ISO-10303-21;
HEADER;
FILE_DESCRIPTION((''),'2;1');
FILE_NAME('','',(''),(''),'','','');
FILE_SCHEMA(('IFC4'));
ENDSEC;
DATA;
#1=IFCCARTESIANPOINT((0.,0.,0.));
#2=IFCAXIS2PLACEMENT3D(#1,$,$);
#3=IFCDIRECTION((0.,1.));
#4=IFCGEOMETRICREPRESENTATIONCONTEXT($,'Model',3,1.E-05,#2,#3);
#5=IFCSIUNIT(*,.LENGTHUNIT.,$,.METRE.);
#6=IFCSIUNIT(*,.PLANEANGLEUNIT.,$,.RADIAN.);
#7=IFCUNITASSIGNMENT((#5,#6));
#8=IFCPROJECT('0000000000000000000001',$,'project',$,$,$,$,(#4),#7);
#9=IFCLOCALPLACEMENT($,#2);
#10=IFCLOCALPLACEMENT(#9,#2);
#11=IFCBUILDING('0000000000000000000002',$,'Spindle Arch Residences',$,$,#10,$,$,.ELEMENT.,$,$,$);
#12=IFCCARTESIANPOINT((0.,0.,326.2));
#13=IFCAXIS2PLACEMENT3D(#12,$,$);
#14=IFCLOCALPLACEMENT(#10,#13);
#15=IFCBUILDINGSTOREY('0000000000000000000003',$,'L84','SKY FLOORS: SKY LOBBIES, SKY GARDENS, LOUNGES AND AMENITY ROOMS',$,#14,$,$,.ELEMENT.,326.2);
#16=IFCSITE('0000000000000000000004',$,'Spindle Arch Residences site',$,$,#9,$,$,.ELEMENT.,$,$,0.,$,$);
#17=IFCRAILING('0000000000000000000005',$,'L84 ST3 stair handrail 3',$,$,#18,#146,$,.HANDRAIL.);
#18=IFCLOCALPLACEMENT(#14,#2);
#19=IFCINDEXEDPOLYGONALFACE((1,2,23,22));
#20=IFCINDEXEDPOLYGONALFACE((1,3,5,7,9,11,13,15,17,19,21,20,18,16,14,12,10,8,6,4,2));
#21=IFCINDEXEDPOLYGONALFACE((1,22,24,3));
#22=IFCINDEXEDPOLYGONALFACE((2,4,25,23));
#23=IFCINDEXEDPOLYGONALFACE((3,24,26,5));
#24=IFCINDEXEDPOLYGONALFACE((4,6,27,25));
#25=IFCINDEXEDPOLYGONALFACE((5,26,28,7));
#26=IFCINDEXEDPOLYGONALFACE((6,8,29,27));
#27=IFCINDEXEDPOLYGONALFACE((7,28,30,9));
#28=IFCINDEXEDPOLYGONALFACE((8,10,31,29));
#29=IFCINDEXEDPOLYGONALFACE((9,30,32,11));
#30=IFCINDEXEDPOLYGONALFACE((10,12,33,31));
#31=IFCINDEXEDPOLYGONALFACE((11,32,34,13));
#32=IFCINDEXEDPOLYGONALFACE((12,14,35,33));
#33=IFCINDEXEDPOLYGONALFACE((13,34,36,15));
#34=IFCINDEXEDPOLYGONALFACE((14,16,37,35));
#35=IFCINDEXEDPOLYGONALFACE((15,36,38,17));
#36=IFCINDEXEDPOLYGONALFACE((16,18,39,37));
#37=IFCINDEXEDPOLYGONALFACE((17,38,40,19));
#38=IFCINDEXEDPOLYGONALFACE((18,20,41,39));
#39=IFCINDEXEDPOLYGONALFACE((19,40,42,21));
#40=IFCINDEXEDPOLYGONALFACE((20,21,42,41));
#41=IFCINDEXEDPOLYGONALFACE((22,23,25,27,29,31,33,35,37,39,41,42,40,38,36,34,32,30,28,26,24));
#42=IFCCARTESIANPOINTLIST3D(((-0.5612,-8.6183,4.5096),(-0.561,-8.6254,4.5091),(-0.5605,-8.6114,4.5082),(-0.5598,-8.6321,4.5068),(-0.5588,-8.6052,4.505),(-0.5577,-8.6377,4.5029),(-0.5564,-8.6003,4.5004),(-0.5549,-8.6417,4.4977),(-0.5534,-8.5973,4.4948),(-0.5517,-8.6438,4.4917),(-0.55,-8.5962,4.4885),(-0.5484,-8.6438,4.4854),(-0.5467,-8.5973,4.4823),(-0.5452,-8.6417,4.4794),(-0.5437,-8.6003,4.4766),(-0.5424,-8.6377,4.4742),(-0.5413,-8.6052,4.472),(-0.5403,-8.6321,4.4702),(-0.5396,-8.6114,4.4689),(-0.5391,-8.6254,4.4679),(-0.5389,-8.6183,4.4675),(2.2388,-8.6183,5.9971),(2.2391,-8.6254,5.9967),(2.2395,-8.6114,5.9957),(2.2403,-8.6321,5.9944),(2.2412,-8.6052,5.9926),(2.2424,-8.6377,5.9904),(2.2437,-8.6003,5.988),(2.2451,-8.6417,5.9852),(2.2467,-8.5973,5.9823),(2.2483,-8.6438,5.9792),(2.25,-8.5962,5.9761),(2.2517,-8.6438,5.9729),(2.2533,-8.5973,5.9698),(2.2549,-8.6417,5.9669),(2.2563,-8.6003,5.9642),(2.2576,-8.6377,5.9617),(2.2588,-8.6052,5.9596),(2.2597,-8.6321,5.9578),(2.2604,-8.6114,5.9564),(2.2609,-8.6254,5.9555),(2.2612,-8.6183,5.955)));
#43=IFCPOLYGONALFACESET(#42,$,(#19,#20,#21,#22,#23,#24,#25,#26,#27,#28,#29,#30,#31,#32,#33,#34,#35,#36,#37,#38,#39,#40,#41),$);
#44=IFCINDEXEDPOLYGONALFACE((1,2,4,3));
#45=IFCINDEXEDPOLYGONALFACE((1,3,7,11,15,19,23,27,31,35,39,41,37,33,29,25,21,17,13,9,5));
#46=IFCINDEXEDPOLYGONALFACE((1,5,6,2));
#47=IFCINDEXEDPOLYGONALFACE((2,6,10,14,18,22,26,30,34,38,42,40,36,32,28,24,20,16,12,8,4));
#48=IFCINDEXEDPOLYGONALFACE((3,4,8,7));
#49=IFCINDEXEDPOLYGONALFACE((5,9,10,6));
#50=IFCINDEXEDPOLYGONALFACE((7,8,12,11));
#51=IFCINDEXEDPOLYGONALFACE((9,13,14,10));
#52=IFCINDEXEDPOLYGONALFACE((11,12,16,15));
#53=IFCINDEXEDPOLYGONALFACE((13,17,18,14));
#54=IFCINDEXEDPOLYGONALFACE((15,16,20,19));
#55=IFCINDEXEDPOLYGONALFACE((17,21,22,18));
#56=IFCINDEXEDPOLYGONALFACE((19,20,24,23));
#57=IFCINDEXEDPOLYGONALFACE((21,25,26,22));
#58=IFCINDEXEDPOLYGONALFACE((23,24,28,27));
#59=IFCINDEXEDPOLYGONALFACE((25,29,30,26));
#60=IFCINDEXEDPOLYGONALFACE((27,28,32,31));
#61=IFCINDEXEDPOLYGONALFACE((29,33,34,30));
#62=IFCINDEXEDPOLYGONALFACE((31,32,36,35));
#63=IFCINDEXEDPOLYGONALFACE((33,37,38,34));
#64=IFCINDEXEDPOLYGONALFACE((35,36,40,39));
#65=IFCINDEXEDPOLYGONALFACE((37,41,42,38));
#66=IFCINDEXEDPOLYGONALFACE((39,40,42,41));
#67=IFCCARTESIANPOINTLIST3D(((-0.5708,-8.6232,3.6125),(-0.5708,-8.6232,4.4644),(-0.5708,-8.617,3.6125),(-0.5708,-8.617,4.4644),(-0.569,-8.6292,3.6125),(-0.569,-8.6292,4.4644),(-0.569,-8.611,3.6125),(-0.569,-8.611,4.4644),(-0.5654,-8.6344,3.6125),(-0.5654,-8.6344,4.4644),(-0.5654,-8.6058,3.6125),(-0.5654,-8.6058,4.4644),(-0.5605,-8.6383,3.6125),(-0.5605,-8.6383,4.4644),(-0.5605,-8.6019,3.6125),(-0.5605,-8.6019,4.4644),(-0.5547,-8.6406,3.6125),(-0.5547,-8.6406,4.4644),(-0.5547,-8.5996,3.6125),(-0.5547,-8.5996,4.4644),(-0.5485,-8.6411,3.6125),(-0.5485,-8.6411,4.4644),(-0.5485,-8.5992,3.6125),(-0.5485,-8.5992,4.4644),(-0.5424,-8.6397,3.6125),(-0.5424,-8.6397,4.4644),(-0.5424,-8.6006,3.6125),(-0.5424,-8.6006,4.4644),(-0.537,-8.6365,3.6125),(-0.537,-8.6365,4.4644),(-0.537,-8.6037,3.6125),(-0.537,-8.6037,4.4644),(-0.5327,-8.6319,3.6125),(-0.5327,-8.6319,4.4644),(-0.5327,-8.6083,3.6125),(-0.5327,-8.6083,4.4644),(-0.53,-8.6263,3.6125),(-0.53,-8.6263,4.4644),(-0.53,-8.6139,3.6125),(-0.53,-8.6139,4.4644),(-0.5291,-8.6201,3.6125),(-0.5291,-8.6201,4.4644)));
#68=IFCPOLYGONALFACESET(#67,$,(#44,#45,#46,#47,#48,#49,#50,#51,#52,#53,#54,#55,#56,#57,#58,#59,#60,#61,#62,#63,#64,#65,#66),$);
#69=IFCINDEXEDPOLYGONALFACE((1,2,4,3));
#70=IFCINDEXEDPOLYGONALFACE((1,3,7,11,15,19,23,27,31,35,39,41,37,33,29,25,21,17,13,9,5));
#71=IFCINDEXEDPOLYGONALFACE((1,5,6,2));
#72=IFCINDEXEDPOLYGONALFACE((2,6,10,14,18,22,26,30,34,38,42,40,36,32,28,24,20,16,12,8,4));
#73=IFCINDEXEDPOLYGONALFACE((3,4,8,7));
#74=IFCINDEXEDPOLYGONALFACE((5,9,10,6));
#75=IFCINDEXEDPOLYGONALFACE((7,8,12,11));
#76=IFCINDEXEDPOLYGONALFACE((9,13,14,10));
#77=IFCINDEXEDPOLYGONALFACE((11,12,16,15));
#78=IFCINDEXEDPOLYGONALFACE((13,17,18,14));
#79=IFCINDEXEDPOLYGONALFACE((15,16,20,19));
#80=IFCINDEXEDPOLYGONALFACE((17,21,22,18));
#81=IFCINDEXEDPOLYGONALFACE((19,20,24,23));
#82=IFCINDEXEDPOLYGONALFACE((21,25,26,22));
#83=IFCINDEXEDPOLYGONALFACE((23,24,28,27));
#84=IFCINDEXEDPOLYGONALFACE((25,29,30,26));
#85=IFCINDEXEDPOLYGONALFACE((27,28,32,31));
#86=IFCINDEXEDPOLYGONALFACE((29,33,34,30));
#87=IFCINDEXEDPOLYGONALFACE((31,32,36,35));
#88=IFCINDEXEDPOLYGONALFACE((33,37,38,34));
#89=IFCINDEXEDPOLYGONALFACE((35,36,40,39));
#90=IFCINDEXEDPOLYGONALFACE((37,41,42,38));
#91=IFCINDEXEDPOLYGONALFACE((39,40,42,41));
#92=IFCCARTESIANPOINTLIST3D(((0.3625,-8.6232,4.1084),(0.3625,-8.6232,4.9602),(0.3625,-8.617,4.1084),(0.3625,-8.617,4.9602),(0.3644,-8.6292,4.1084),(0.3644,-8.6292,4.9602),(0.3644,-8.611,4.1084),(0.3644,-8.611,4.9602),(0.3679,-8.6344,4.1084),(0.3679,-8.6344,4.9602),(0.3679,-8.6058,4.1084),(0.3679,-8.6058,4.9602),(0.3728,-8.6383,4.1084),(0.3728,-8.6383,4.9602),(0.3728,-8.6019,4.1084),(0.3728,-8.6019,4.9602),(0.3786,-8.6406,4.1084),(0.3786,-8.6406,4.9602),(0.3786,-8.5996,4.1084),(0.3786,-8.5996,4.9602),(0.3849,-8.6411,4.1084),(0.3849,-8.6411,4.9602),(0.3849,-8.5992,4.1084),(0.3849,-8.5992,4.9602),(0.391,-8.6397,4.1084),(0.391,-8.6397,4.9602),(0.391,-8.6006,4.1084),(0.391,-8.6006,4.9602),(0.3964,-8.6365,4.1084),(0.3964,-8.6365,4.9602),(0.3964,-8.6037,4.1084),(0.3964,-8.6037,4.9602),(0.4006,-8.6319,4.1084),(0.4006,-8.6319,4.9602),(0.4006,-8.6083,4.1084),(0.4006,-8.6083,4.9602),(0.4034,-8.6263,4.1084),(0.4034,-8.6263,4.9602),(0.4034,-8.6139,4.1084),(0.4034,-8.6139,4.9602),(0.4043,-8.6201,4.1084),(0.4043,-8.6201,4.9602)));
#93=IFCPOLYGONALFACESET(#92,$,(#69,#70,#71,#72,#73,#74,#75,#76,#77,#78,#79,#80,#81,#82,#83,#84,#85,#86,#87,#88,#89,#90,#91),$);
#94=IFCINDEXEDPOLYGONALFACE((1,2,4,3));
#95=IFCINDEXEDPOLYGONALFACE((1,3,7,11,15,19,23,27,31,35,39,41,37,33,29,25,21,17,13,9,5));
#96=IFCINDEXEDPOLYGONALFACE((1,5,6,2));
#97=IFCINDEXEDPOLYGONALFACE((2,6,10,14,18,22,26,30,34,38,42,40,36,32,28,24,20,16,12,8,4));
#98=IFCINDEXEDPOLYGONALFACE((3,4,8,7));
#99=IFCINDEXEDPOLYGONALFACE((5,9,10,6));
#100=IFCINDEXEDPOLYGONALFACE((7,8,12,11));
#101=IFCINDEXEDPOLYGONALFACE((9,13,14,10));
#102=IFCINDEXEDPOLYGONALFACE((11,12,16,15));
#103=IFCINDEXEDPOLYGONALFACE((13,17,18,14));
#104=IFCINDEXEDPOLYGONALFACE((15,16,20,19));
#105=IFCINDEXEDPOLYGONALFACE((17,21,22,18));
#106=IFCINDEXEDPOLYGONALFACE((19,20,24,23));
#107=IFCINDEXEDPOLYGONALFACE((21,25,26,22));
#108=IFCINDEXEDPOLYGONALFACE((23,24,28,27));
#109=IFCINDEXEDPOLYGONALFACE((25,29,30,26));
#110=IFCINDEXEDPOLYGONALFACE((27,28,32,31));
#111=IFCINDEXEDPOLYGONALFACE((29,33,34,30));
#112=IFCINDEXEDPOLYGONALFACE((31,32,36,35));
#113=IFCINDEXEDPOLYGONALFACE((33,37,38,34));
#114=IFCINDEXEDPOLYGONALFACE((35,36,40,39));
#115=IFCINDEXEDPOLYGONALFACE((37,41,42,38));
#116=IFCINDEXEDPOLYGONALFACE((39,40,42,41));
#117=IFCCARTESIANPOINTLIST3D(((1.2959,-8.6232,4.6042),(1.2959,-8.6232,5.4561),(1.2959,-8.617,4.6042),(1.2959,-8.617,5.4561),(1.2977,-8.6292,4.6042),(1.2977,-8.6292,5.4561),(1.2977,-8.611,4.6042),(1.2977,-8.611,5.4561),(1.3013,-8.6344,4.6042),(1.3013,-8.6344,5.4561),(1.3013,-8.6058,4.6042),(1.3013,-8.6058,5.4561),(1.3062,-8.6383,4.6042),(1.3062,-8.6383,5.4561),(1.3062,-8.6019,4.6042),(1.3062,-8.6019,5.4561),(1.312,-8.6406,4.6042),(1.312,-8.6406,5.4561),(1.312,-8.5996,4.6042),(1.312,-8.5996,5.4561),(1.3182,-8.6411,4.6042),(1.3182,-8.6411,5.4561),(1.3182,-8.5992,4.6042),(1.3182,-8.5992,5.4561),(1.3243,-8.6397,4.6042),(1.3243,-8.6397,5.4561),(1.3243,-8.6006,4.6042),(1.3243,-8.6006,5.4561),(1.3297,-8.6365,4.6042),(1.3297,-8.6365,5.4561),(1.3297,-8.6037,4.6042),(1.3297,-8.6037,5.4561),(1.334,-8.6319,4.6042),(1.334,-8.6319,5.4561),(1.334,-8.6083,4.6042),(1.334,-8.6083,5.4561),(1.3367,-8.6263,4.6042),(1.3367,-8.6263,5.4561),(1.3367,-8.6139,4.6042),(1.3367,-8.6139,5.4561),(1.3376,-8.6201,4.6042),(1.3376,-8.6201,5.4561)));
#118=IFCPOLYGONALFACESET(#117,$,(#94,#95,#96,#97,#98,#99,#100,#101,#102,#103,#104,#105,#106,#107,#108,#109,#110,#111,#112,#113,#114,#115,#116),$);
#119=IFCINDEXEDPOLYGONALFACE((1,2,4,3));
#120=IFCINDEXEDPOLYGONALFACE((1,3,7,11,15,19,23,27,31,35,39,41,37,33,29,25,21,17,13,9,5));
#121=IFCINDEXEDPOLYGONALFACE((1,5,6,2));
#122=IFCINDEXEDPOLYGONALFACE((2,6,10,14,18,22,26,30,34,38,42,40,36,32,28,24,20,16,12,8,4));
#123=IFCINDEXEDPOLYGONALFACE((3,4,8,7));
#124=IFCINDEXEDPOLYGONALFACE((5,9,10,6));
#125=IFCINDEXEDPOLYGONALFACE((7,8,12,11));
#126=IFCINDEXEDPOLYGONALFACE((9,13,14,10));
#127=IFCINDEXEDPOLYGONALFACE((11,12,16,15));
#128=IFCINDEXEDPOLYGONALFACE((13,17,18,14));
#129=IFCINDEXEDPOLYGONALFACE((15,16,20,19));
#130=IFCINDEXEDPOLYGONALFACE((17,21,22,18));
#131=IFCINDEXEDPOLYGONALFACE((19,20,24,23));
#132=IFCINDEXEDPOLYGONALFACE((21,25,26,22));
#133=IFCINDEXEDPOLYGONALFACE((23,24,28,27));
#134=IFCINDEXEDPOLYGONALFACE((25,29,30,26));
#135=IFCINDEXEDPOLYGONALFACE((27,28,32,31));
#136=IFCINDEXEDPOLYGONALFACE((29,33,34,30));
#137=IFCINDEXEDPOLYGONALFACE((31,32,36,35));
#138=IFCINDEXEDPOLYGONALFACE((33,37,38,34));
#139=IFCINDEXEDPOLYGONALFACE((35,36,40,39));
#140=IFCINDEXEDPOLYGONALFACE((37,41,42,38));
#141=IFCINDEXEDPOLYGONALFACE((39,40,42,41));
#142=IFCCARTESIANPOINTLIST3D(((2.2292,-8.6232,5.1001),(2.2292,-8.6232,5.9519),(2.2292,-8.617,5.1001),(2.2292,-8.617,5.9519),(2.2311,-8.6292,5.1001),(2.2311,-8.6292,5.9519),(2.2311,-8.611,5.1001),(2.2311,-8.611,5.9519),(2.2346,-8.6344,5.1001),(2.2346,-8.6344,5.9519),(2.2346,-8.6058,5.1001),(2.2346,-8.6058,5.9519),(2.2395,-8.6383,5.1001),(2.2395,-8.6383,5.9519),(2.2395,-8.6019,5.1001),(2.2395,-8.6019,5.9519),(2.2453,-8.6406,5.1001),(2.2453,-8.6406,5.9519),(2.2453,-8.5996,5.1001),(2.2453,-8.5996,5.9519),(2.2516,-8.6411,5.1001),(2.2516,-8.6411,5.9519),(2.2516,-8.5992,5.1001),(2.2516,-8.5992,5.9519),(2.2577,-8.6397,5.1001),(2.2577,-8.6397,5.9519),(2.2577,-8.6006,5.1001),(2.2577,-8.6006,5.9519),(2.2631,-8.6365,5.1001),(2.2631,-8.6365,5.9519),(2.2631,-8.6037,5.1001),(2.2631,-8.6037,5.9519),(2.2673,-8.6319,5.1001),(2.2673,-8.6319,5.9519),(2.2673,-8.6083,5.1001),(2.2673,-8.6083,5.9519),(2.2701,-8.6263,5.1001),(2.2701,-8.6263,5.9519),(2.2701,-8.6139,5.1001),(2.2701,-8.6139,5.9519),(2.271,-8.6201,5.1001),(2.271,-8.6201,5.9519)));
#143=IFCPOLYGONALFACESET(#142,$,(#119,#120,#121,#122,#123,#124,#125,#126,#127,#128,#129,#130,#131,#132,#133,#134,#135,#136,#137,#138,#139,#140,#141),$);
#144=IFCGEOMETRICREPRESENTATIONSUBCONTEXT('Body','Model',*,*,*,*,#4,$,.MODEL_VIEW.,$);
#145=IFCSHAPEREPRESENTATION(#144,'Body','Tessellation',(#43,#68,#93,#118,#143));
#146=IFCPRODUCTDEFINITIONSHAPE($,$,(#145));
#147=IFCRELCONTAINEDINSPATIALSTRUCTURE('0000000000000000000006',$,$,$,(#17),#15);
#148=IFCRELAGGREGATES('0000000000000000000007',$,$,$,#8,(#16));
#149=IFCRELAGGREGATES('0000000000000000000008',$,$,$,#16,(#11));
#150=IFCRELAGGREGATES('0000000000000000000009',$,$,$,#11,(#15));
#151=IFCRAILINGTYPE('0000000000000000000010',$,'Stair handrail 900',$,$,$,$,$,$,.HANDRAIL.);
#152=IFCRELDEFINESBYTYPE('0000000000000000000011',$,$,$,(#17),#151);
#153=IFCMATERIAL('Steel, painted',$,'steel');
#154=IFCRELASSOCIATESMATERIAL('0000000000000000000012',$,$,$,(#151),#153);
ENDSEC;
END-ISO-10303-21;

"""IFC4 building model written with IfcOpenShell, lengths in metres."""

from ifc_helpers import new_model, si_unit, direction, frame, origin, origin_2d, place, context, subcontext, project, spatial, circle, extrude, material, type_object, element, save


model = new_model("IFC4")

# Units and contexts
model_context = context("Model", 3, precision=1e-05, world=origin(), true_north=direction((0.0, 1.0)))
body_context = subcontext(model_context, "Body", "Model", "MODEL_VIEW")
ifc_project = project(units=[si_unit("LENGTHUNIT", "METRE"), si_unit("PLANEANGLEUNIT", "RADIAN")], contexts=[model_context])

# Site, building, storey
site_placement = place(None, origin())
site = spatial("IfcSite", under=ifc_project, at=site_placement, Name="Spindle Arch Residences site", CompositionType="ELEMENT", RefElevation=0.0)
building_placement = place(site_placement, origin())
building = spatial("IfcBuilding", under=site, at=building_placement, Name="Spindle Arch Residences", CompositionType="ELEMENT")
storey_placement = place(building_placement, frame((0.0, 0.0, 326.2)))
storey = spatial("IfcBuildingStorey", under=building, at=storey_placement, Name="L84", Description="SKY FLOORS: SKY LOBBIES, SKY GARDENS, LOUNGES AND AMENITY ROOMS", CompositionType="ELEMENT", Elevation=326.2)

# Railing
ifc_material_1 = material(Name="Steel, painted", Category="steel")
railing_type_1 = type_object("IfcRailingType", Name="Stair handrail 900", PredefinedType="HANDRAIL", material=ifc_material_1)
railing_1_placement = place(storey_placement, frame((-0.55, -8.6201, 3.6125)))
element("IfcRailing", 1, at=railing_1_placement, inside=storey, type_object=railing_type_1, Name="L84 ST3 stair handrail 3", PredefinedType="HANDRAIL", context=body_context, shape_type="SweptSolid", body=[
    extrude(circle(Radius=0.0239, at=origin_2d()), frame((0.0, 0.0, 0.876), z_axis=(0.883113, 0.0, 0.469161), x_axis=(0.0, 1.0, 0.0)), (0.0, 0.0, 1.0), 3.1707),
    extrude(circle(Radius=0.021, at=origin_2d()), origin(), (0.0, 0.0, 1.0), 0.8518),
    extrude(circle(Radius=0.021, at=origin_2d()), frame((0.9333, 0.0, 0.4958)), (0.0, 0.0, 1.0), 0.8518),
    extrude(circle(Radius=0.021, at=origin_2d()), frame((1.8667, 0.0, 0.9917)), (0.0, 0.0, 1.0), 0.8518),
    extrude(circle(Radius=0.021, at=origin_2d()), frame((2.8, 0.0, 1.4875)), (0.0, 0.0, 1.0), 0.8518),
])

save(model, "model.ifc")
